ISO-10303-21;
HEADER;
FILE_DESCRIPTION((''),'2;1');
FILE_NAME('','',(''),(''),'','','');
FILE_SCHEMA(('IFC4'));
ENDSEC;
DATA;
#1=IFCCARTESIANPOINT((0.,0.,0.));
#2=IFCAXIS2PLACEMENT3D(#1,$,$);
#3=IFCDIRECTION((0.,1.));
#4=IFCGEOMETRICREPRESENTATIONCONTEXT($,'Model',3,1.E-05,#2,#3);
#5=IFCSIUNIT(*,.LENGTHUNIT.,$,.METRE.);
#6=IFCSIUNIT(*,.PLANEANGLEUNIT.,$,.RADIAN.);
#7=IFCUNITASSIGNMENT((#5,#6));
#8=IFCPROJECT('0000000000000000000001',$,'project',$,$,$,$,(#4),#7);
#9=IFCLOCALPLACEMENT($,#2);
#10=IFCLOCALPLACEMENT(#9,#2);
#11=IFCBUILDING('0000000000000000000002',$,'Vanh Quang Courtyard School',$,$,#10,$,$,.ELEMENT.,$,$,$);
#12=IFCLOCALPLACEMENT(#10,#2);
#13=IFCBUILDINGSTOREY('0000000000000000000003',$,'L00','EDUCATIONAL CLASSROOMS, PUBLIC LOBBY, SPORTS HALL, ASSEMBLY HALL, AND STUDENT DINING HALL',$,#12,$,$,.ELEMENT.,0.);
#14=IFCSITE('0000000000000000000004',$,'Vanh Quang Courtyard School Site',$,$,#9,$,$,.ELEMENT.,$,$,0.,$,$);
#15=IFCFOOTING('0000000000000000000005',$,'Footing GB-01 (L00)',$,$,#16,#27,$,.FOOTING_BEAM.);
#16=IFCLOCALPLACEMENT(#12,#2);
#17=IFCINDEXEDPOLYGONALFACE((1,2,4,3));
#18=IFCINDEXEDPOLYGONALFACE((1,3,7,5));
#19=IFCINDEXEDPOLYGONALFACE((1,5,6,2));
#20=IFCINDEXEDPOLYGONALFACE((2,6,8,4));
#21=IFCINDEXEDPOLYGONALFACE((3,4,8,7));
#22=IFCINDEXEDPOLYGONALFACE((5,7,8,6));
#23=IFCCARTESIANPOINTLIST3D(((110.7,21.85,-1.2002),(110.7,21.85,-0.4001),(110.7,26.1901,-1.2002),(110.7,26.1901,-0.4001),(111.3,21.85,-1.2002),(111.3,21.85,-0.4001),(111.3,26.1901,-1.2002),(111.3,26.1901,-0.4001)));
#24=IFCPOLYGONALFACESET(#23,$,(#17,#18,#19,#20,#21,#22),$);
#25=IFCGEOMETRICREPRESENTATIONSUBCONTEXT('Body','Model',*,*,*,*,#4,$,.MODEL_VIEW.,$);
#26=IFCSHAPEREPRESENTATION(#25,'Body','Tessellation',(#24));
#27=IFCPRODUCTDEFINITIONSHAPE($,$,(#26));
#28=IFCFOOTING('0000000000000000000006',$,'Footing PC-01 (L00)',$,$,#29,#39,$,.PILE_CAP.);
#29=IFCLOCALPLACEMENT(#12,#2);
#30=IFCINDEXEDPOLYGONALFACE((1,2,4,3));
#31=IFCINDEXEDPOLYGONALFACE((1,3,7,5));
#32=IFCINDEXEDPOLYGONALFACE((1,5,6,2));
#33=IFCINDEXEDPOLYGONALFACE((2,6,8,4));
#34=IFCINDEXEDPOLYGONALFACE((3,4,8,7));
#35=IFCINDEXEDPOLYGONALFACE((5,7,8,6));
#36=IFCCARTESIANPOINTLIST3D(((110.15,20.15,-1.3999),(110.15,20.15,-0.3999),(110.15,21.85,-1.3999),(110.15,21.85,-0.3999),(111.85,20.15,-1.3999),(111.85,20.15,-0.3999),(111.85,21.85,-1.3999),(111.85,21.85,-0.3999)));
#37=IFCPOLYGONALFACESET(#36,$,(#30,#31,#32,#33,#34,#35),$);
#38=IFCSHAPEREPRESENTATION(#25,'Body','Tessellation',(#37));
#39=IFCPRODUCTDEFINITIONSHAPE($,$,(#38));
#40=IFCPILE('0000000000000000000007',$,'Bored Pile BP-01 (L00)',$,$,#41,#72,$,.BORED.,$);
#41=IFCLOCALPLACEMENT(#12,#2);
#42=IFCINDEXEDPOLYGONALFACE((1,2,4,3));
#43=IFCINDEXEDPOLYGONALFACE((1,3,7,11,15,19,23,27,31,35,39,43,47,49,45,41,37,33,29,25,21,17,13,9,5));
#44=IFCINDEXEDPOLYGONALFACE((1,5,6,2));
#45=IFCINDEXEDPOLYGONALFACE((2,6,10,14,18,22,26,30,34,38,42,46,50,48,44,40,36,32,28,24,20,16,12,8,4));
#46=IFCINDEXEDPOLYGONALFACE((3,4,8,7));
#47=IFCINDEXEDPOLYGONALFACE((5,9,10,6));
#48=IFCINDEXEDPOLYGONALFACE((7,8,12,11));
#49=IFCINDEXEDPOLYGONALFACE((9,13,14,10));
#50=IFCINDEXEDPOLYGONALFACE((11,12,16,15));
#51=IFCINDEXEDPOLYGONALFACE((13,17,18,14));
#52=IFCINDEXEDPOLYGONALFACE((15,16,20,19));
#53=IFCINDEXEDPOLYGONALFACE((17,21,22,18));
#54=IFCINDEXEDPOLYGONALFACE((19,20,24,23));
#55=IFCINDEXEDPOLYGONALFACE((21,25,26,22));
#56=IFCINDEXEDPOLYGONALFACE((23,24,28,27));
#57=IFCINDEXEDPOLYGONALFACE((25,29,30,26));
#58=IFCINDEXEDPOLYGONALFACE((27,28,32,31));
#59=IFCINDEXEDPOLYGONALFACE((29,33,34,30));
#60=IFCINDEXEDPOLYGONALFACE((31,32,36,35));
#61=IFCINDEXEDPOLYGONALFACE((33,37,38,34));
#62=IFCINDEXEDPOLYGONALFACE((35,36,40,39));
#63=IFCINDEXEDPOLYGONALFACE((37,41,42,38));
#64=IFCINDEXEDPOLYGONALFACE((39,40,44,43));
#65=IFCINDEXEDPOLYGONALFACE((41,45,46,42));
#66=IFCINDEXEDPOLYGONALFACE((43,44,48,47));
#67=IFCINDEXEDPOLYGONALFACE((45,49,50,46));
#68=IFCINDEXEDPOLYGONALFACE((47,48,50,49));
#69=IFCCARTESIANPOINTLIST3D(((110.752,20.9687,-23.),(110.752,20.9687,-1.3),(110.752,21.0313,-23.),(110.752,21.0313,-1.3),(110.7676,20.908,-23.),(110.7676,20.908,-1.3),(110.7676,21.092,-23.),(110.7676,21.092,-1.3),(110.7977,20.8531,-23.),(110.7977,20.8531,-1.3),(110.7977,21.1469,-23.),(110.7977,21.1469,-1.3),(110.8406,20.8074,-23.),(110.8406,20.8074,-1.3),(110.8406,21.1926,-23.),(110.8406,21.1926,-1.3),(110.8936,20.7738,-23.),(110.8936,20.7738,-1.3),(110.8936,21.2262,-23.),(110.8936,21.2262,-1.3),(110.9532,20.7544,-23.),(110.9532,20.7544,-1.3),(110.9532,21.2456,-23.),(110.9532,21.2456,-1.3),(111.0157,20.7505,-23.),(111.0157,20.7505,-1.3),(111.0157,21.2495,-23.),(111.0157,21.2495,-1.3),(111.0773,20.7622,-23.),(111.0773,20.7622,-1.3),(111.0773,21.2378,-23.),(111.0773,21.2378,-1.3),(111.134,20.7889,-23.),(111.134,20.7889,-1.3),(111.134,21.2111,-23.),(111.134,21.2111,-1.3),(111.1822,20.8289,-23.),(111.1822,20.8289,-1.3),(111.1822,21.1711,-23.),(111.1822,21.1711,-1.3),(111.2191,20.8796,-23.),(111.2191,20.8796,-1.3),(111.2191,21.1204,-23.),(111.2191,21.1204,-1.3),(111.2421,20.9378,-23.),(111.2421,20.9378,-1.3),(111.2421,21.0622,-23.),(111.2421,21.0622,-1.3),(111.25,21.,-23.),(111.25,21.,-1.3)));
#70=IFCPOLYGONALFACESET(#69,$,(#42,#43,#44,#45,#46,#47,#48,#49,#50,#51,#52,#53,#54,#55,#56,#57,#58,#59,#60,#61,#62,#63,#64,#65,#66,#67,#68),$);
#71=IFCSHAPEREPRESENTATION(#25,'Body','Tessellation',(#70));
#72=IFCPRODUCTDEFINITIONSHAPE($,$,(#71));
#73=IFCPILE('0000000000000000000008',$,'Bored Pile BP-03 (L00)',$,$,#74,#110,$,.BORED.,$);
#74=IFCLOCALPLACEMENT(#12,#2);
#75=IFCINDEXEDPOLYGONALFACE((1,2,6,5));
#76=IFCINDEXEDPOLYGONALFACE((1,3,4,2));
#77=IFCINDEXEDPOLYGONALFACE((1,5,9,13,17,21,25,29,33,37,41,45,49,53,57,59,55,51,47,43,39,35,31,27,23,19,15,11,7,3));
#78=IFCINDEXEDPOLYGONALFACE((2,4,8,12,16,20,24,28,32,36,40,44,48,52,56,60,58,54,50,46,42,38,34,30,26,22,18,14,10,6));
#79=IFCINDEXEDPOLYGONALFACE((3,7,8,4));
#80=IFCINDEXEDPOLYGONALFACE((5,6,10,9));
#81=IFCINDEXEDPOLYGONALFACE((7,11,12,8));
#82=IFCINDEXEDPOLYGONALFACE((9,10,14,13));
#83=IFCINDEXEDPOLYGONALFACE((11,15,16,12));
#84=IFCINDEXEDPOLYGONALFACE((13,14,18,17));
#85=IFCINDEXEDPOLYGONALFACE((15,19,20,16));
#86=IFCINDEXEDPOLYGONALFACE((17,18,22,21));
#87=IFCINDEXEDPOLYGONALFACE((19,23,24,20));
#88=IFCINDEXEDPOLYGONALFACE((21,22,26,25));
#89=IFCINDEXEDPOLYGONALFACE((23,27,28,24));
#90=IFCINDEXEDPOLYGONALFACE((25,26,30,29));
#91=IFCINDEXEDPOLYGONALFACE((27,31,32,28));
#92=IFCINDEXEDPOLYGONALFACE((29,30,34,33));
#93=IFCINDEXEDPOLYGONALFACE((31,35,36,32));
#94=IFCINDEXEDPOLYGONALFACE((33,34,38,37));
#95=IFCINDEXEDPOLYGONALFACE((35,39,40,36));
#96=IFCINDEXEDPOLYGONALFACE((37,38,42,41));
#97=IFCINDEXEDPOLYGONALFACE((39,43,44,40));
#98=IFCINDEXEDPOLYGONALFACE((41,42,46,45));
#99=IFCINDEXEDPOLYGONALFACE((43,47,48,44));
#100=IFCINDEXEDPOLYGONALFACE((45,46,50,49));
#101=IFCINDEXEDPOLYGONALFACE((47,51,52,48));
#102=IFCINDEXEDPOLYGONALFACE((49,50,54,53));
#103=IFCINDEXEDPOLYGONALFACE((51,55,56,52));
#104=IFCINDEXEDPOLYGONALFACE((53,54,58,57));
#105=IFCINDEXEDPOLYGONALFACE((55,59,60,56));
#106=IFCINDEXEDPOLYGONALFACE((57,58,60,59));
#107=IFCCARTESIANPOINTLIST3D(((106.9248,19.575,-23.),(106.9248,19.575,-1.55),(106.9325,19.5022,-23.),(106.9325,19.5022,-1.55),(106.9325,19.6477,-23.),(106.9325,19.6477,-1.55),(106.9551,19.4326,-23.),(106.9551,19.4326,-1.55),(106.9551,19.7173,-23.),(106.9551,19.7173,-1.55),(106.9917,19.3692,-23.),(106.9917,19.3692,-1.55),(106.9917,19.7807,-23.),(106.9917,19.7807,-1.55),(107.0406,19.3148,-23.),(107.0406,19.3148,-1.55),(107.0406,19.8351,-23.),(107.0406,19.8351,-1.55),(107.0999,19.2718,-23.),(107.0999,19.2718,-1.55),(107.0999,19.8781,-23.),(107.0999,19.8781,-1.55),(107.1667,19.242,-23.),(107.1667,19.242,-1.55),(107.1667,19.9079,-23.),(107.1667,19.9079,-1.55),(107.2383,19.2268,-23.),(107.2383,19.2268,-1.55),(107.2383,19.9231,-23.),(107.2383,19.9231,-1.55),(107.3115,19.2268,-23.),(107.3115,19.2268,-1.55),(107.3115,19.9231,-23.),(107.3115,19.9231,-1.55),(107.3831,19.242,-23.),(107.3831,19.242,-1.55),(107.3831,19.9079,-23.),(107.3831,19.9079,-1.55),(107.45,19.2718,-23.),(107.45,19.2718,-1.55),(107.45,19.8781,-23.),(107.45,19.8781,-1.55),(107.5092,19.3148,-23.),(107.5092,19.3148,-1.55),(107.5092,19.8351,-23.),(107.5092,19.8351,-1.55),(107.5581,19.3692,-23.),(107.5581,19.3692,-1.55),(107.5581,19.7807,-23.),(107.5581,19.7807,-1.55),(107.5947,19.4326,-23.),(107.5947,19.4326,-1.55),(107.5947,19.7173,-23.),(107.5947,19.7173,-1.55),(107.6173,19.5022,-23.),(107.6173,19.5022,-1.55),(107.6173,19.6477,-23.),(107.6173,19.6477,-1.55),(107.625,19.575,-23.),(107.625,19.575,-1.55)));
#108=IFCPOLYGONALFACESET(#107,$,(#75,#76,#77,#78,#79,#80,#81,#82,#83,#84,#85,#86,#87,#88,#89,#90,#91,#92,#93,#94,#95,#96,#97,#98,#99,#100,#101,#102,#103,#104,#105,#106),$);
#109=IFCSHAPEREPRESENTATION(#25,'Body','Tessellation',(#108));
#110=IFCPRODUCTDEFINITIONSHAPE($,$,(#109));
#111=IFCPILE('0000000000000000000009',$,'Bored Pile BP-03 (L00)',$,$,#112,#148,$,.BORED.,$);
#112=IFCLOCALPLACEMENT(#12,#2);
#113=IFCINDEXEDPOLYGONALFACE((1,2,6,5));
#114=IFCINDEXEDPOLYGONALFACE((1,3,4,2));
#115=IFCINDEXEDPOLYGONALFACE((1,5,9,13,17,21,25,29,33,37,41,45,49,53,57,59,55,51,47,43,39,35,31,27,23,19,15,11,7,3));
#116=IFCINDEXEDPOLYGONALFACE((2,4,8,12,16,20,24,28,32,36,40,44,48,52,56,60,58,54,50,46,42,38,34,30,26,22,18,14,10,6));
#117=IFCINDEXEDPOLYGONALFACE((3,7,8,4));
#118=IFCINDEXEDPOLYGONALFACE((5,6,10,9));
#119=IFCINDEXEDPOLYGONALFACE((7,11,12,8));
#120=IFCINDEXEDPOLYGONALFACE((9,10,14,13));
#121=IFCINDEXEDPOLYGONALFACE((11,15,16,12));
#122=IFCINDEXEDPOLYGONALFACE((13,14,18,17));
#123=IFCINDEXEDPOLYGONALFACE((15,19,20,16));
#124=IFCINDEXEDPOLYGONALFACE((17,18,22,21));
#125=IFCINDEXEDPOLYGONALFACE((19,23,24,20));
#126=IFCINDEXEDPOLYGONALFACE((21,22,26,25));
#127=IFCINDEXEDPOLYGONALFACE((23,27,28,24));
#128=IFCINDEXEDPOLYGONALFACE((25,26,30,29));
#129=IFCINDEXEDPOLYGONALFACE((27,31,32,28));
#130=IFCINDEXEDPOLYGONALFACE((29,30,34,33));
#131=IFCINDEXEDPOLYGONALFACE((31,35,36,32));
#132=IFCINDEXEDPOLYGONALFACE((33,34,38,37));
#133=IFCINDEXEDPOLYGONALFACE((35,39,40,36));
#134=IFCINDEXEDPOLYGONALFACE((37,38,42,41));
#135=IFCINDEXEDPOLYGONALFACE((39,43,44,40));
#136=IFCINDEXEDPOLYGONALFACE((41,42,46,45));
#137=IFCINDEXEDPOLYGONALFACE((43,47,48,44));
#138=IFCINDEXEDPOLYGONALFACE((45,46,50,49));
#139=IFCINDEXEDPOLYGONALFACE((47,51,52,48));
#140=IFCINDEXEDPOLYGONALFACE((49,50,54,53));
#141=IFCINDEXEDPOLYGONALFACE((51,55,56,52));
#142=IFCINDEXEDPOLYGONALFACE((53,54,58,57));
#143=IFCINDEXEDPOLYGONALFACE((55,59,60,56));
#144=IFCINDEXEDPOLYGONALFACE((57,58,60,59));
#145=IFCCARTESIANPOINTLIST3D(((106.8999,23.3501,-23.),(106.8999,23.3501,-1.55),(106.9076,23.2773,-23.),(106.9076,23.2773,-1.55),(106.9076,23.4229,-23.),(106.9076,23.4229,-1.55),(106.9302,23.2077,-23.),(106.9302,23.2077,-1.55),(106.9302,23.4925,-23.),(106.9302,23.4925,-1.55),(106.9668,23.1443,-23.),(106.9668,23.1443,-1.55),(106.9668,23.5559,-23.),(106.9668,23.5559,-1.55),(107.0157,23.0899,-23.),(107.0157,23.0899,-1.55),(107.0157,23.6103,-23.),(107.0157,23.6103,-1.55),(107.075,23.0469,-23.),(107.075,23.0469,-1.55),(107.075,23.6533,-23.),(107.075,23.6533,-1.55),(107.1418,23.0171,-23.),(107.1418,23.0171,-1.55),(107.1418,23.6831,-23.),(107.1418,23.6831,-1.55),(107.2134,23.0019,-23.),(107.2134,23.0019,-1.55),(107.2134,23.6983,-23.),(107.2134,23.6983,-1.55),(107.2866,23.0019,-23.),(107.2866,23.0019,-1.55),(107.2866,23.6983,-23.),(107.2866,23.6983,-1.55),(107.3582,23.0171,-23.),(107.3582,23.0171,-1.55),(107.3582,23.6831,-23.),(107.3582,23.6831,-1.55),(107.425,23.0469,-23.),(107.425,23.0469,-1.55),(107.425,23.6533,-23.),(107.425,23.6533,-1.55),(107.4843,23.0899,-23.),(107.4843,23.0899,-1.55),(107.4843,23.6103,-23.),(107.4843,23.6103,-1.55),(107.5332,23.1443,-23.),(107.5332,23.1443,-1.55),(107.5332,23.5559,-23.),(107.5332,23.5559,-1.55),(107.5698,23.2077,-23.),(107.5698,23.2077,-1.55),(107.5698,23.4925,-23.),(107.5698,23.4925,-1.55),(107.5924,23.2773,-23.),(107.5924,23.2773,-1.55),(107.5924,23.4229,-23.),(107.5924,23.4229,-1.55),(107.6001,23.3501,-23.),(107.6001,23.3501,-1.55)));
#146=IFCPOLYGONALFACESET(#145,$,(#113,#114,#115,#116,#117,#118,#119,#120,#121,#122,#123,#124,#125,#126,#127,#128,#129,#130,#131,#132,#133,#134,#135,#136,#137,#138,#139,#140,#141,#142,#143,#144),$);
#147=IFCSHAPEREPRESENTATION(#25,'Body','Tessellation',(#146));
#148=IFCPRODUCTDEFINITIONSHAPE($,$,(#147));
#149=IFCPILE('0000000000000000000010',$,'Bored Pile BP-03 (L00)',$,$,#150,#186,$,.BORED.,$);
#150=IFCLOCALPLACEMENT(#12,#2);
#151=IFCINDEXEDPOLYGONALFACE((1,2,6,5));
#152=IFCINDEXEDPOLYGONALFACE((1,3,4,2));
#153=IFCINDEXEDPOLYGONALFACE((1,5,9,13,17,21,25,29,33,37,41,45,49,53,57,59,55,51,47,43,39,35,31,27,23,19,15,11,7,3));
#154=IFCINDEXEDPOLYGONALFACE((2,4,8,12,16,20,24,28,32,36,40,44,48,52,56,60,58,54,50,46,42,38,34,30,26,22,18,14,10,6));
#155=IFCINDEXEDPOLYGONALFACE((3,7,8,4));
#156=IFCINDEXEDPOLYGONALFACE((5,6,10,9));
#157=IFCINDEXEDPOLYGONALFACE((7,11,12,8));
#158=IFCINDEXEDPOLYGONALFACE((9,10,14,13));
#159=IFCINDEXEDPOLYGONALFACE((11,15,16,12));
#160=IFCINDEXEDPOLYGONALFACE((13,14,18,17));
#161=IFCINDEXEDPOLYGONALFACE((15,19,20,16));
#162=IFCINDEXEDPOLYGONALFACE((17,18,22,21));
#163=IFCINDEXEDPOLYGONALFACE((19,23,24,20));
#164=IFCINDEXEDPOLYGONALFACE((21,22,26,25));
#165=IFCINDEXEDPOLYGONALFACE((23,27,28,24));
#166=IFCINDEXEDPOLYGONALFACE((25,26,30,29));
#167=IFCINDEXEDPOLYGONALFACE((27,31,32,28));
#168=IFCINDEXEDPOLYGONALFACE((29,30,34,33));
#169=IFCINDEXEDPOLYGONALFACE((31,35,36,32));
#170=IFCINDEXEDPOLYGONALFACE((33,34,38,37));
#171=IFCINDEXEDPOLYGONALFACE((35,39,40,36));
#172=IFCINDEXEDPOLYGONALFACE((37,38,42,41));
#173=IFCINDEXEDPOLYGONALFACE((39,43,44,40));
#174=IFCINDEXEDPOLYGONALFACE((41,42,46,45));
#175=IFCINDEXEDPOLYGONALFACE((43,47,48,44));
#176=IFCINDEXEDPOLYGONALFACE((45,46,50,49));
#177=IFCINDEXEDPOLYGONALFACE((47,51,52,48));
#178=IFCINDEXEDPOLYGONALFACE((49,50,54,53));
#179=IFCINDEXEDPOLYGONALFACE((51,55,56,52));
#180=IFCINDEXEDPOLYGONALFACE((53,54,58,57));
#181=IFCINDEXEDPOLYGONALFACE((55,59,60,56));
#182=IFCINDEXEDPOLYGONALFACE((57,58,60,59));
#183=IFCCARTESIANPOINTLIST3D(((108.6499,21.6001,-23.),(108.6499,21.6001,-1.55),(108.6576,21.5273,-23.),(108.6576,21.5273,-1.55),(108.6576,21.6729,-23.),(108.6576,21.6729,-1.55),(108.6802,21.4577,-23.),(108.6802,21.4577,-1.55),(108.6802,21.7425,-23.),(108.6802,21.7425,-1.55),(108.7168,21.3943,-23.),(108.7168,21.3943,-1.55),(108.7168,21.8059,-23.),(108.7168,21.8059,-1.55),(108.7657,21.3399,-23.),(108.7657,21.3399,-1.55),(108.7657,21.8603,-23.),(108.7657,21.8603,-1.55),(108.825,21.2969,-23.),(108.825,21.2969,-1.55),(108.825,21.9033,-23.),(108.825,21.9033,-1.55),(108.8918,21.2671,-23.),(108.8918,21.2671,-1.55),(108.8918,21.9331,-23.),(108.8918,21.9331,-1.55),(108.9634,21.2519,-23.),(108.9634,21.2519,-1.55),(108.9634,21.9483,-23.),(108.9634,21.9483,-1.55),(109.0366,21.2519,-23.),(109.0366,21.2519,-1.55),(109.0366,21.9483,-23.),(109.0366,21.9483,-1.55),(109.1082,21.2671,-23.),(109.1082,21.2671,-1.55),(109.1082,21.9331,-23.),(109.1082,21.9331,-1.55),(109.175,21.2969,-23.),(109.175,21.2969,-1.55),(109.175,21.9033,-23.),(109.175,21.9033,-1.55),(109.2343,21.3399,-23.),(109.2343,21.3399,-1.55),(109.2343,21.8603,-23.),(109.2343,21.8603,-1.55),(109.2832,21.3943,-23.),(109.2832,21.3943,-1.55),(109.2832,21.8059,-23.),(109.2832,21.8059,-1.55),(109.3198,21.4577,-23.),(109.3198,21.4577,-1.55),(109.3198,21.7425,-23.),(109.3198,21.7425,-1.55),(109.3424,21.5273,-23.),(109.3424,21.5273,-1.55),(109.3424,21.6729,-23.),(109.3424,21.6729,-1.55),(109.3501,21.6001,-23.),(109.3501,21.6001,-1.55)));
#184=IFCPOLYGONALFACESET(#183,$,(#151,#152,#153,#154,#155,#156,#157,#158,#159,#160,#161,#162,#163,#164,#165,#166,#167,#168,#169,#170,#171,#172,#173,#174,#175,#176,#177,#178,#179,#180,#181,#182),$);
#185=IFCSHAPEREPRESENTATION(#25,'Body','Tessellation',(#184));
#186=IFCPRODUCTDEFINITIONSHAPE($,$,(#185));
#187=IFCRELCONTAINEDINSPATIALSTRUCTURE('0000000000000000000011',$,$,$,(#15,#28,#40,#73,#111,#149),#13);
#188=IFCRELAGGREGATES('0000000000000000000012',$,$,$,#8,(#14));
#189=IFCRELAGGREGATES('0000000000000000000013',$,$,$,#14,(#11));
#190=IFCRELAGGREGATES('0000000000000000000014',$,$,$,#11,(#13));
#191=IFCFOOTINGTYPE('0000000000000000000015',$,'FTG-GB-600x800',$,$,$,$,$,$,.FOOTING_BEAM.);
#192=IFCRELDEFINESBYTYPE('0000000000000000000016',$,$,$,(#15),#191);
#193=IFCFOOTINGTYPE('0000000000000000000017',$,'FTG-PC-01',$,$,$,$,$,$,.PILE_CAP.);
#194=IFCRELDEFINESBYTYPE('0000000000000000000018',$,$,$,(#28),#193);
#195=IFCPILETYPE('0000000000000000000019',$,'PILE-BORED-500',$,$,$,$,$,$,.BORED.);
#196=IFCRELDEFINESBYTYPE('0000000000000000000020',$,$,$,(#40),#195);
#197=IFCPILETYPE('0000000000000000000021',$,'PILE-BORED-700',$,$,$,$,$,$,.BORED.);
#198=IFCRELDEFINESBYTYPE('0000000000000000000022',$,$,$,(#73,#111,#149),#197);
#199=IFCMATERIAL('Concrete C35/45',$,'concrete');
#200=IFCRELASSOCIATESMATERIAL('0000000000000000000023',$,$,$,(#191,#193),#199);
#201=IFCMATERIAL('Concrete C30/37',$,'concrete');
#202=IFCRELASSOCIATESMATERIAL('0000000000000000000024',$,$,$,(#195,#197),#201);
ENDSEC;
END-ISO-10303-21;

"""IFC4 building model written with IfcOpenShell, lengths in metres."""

from ifc_helpers import new_model, si_unit, direction, frame, origin, origin_2d, place, context, subcontext, project, spatial, rectangle, circle, extrude, material, material_profile, profile_set, type_object, element, save


model = new_model("IFC4")

# Units and contexts
model_context = context("Model", 3, precision=1e-05, world=origin(), true_north=direction((0.0, 1.0)))
body_context = subcontext(model_context, "Body", "Model", "MODEL_VIEW")
ifc_project = project(units=[si_unit("LENGTHUNIT", "METRE"), si_unit("PLANEANGLEUNIT", "RADIAN")], contexts=[model_context])

# Site, building, storey
site_placement = place(None, origin())
site = spatial("IfcSite", under=ifc_project, at=site_placement, Name="Vanh Quang Courtyard School Site", CompositionType="ELEMENT", RefElevation=0.0)
building_placement = place(site_placement, origin())
building = spatial("IfcBuilding", under=site, at=building_placement, Name="Vanh Quang Courtyard School", CompositionType="ELEMENT")
storey_placement = place(building_placement, origin())
storey = spatial("IfcBuildingStorey", under=building, at=storey_placement, Name="L00", Description="EDUCATIONAL CLASSROOMS, PUBLIC LOBBY, SPORTS HALL, ASSEMBLY HALL, AND STUDENT DINING HALL", CompositionType="ELEMENT", Elevation=0.0)

# Footings
ifc_material_1 = material(Name="Concrete C35/45", Category="concrete")
footing_type_1 = type_object("IfcFootingType", Name="FTG-GB-600x800", PredefinedType="FOOTING_BEAM", material=ifc_material_1)
footing_1_placement = place(storey_placement, frame((111.0, 24.02, -1.2002), z_axis=(0.0, 0.0, 1.0), x_axis=(0.0, 1.0, 0.0)))
element("IfcFooting", 1, at=footing_1_placement, inside=storey, type_object=footing_type_1, Name="Footing GB-01 (L00)", PredefinedType="FOOTING_BEAM", context=body_context, shape_type="SweptSolid", body=[
    extrude(rectangle(XDim=4.3401, YDim=0.6001, at=origin_2d()), origin(), (0.0, 0.0, 1.0), 0.8),
])
footing_type_2 = type_object("IfcFootingType", Name="FTG-PC-01", PredefinedType="PILE_CAP", material=ifc_material_1)
footing_2_placement = place(storey_placement, frame((111.0, 21.0, -1.3999), z_axis=(0.0, 0.0, 1.0), x_axis=(1.0, 0.0, 0.0)))
element("IfcFooting", 2, at=footing_2_placement, inside=storey, type_object=footing_type_2, Name="Footing PC-01 (L00)", PredefinedType="PILE_CAP", context=body_context, shape_type="SweptSolid", body=[
    extrude(rectangle(XDim=1.7, YDim=1.7, at=origin_2d()), origin(), (0.0, 0.0, 1.0), 1.0),
])

# Piles
ifc_material_2 = material(Name="Concrete C30/37", Category="concrete")
ifc_material_profile_1 = material_profile(ifc_material_2, circle(Radius=0.25, at=origin_2d()), Name="PILE D500")
ifc_profile_set_1 = profile_set([ifc_material_profile_1], Name="Concrete C30/37")
pile_type_1 = type_object("IfcPileType", Name="PILE-BORED-500", PredefinedType="BORED", material=ifc_profile_set_1)
pile_placement = place(storey_placement, frame((111.0, 21.0, -1.3), z_axis=(0.0, 0.0, -1.0), x_axis=(1.0, 0.0, 0.0)))
element("IfcPile", 3, at=pile_placement, inside=storey, type_object=pile_type_1, Name="Bored Pile BP-01 (L00)", PredefinedType="BORED", context=body_context, shape_type="SweptSolid", body=[
    extrude(circle(Radius=0.25, at=origin_2d()), origin(), (0.0, 0.0, 1.0), 21.7),
])
ifc_material_profile_2 = material_profile(ifc_material_2, circle(Radius=0.3501, at=origin_2d()), Name="PILE D700")
ifc_profile_set_2 = profile_set([ifc_material_profile_2], Name="Concrete C30/37")
pile_type_2 = type_object("IfcPileType", Name="PILE-BORED-700", PredefinedType="BORED", material=ifc_profile_set_2)
for number, where, z_axis, x_axis, name in (
    (4, (107.2749, 19.575, -1.55), (0.0, 0.0, -1.0), (1.0, 0.0, 0.0), "Bored Pile BP-03 (L00)"),
    (5, (107.25, 23.3501, -1.55), (0.0, 0.0, -1.0), (1.0, 0.0, 0.0), "Bored Pile BP-03 (L00)"),
    (6, (109.0, 21.6001, -1.55), (0.0, 0.0, -1.0), (1.0, 0.0, 0.0), "Bored Pile BP-03 (L00)"),
):
    element("IfcPile", number, at=place(storey_placement, frame(where, z_axis=z_axis, x_axis=x_axis)), inside=storey, type_object=pile_type_2, Name=name, PredefinedType="BORED", context=body_context, shape_type="SweptSolid", body=[
        extrude(circle(Radius=0.3501, at=origin_2d()), origin(), (0.0, 0.0, 1.0), 21.45),
    ])

save(model, "model.ifc")
